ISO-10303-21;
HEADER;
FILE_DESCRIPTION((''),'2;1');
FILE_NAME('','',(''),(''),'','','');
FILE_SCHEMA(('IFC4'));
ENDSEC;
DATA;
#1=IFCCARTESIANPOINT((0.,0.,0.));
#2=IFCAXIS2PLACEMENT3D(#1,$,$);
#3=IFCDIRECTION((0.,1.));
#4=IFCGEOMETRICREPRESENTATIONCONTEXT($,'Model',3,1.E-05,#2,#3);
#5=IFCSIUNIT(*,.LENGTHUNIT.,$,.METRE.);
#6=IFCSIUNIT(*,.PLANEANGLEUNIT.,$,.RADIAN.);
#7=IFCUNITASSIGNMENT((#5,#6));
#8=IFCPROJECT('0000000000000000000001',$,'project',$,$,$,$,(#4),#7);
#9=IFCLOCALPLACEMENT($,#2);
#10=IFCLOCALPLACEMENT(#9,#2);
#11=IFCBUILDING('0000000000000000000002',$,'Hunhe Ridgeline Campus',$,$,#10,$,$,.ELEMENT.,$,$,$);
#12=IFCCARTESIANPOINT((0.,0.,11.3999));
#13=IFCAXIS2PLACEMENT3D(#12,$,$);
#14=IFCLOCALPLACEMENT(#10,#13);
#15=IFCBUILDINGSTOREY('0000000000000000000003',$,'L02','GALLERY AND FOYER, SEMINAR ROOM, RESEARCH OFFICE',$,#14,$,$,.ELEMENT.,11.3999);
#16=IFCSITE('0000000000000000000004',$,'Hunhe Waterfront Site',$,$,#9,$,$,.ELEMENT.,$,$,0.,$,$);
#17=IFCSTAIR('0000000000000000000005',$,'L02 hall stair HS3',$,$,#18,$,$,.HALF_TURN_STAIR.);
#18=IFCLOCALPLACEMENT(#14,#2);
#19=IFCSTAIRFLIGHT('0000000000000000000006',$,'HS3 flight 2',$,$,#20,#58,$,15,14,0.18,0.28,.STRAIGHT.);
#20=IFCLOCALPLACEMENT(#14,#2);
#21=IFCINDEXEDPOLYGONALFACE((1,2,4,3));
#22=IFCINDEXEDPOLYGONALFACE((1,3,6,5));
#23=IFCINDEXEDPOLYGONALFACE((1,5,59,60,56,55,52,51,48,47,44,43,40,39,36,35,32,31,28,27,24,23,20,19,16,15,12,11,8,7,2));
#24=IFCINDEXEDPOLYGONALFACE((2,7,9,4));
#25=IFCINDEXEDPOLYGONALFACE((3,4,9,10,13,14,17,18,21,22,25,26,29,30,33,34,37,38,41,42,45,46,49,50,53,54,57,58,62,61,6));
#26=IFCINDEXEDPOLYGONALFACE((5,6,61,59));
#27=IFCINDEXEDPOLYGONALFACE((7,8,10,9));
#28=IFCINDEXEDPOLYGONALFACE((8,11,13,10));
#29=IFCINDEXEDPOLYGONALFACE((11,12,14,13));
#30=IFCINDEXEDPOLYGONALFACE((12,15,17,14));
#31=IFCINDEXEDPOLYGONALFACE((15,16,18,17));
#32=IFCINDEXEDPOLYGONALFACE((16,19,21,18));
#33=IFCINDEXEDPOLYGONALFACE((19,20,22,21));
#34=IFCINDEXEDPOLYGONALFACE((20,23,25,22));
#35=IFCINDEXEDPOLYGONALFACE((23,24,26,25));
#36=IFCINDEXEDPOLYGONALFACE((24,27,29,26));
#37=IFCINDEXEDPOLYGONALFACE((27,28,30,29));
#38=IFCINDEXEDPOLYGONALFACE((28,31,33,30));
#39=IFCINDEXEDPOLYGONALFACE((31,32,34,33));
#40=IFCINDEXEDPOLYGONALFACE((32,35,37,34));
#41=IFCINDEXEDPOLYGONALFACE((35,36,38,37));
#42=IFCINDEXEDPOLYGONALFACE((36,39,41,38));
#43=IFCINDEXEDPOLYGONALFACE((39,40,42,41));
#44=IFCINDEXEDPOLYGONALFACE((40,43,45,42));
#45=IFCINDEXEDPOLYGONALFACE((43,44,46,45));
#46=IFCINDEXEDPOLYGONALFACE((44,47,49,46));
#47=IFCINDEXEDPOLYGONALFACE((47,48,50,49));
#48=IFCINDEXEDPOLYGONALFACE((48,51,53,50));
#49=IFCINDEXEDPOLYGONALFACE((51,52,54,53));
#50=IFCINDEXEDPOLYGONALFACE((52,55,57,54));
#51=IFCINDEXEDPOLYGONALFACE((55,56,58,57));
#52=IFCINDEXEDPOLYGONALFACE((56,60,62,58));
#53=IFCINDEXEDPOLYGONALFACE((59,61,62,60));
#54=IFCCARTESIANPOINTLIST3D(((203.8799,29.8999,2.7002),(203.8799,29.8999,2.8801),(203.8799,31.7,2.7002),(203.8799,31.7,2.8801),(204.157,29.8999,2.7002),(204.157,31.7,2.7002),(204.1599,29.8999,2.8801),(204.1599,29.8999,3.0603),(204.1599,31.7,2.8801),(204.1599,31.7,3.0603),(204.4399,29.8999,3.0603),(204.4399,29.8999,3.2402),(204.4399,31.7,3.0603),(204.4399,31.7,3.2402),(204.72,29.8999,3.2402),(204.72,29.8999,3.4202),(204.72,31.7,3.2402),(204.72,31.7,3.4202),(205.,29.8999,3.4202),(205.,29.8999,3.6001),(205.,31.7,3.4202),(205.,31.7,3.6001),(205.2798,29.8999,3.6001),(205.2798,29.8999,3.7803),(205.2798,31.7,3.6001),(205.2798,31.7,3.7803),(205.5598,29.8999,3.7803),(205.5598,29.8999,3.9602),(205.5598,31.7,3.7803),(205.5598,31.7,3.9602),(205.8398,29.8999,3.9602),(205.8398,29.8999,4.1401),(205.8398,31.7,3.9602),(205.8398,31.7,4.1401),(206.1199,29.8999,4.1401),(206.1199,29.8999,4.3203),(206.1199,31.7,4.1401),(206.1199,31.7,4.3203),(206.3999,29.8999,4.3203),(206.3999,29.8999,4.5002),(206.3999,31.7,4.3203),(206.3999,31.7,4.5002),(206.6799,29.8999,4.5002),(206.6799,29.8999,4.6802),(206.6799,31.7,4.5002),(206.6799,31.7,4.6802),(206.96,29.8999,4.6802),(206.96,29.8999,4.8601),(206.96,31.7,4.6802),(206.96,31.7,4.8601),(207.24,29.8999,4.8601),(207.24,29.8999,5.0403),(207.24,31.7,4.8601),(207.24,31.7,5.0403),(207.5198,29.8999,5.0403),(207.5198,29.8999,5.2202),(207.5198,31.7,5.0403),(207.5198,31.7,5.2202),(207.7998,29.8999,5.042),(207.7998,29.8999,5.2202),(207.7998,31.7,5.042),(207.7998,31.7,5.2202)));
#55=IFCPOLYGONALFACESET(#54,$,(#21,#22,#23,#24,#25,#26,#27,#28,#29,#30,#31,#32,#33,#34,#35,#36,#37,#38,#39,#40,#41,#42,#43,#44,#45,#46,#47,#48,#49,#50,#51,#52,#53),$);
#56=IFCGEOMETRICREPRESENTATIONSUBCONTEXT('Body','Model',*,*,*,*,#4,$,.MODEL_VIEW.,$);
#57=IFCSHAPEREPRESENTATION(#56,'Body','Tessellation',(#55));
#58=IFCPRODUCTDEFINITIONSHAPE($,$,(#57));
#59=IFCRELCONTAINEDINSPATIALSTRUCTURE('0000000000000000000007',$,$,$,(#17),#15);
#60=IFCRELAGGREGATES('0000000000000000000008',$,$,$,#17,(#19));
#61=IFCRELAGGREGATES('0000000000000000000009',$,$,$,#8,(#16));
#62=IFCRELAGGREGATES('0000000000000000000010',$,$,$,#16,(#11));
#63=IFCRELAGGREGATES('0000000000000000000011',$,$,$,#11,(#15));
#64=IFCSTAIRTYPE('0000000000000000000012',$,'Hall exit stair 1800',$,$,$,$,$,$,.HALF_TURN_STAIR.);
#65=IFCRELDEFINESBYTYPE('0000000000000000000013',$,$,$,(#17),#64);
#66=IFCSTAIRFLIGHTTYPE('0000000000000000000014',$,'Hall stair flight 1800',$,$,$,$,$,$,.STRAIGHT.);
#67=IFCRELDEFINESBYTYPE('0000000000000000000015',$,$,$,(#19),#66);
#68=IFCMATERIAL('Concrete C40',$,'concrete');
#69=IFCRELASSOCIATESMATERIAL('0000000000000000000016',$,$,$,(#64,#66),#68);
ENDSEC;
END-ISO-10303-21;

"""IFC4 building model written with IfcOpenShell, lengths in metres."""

from ifc_helpers import new_model, si_unit, direction, frame, origin, place, context, subcontext, project, spatial, polyline, outline, extrude, material, type_object, element, aggregate, save


model = new_model("IFC4")

# Units and contexts
model_context = context("Model", 3, precision=1e-05, world=origin(), true_north=direction((0.0, 1.0)))
body_context = subcontext(model_context, "Body", "Model", "MODEL_VIEW")
ifc_project = project(units=[si_unit("LENGTHUNIT", "METRE"), si_unit("PLANEANGLEUNIT", "RADIAN")], contexts=[model_context])

# Site, building, storey
site_placement = place(None, origin())
site = spatial("IfcSite", under=ifc_project, at=site_placement, Name="Hunhe Waterfront Site", CompositionType="ELEMENT", RefElevation=0.0)
building_placement = place(site_placement, origin())
building = spatial("IfcBuilding", under=site, at=building_placement, Name="Hunhe Ridgeline Campus", CompositionType="ELEMENT")
storey_placement = place(building_placement, frame((0.0, 0.0, 11.3999)))
storey = spatial("IfcBuildingStorey", under=building, at=storey_placement, Name="L02", Description="GALLERY AND FOYER, SEMINAR ROOM, RESEARCH OFFICE", CompositionType="ELEMENT", Elevation=11.3999)

# Shared definitions
ifc_material_1 = material(Name="Concrete C40", Category="concrete")

# Stair, stair flight
stair_type = type_object("IfcStairType", Name="Hall exit stair 1800", PredefinedType="HALF_TURN_STAIR", material=ifc_material_1)
stair_placement = place(storey_placement, origin())
stair = element("IfcStair", 1, at=stair_placement, inside=storey, type_object=stair_type, Name="L02 hall stair HS3", PredefinedType="HALF_TURN_STAIR")
stair_flight_type = type_object("IfcStairFlightType", Name="Hall stair flight 1800", PredefinedType="STRAIGHT", material=ifc_material_1)
stair_flight_1_placement = place(storey_placement, frame((203.8799, 30.8, 2.7002), z_axis=(0.0, 0.0, 1.0), x_axis=(1.0, 0.0, 0.0)))
stair_flight_1 = element("IfcStairFlight", 2, at=stair_flight_1_placement, type_object=stair_flight_type, Name="HS3 flight 2", NumberOfRisers=15, NumberOfTreads=14, PredefinedType="STRAIGHT", RiserHeight=0.18, TreadLength=0.28, context=body_context, shape_type="SweptSolid", body=[
    extrude(outline(polyline([(0.0, 0.0), (0.0, 0.1799), (0.28, 0.1799), (0.28, 0.3601), (0.5601, 0.3601), (0.5601, 0.54), (0.8401, 0.54), (0.8401, 0.72), (1.1201, 0.72), (1.1201, 0.8999), (1.3999, 0.8999), (1.3999, 1.0801), (1.6799, 1.0801), (1.6799, 1.26), (1.96, 1.26), (1.96, 1.4399), (2.24, 1.4399), (2.24, 1.6201), (2.52, 1.6201), (2.52, 1.8), (2.8, 1.8), (2.8, 1.98), (3.0801, 1.98), (3.0801, 2.1599), (3.3601, 2.1599), (3.3601, 2.3401), (3.6399, 2.3401), (3.6399, 2.52), (3.9199, 2.52), (3.9199, 2.7), (3.9199, 2.3418), (0.2771, 0.0), (0.0, 0.0)])), frame((0.0, 0.8999, 0.0), z_axis=(0.0, -1.0, 0.0), x_axis=(1.0, 0.0, 0.0)), (0.0, 0.0, 1.0), 1.8),
])
aggregate(stair, [stair_flight_1])

save(model, "model.ifc")
